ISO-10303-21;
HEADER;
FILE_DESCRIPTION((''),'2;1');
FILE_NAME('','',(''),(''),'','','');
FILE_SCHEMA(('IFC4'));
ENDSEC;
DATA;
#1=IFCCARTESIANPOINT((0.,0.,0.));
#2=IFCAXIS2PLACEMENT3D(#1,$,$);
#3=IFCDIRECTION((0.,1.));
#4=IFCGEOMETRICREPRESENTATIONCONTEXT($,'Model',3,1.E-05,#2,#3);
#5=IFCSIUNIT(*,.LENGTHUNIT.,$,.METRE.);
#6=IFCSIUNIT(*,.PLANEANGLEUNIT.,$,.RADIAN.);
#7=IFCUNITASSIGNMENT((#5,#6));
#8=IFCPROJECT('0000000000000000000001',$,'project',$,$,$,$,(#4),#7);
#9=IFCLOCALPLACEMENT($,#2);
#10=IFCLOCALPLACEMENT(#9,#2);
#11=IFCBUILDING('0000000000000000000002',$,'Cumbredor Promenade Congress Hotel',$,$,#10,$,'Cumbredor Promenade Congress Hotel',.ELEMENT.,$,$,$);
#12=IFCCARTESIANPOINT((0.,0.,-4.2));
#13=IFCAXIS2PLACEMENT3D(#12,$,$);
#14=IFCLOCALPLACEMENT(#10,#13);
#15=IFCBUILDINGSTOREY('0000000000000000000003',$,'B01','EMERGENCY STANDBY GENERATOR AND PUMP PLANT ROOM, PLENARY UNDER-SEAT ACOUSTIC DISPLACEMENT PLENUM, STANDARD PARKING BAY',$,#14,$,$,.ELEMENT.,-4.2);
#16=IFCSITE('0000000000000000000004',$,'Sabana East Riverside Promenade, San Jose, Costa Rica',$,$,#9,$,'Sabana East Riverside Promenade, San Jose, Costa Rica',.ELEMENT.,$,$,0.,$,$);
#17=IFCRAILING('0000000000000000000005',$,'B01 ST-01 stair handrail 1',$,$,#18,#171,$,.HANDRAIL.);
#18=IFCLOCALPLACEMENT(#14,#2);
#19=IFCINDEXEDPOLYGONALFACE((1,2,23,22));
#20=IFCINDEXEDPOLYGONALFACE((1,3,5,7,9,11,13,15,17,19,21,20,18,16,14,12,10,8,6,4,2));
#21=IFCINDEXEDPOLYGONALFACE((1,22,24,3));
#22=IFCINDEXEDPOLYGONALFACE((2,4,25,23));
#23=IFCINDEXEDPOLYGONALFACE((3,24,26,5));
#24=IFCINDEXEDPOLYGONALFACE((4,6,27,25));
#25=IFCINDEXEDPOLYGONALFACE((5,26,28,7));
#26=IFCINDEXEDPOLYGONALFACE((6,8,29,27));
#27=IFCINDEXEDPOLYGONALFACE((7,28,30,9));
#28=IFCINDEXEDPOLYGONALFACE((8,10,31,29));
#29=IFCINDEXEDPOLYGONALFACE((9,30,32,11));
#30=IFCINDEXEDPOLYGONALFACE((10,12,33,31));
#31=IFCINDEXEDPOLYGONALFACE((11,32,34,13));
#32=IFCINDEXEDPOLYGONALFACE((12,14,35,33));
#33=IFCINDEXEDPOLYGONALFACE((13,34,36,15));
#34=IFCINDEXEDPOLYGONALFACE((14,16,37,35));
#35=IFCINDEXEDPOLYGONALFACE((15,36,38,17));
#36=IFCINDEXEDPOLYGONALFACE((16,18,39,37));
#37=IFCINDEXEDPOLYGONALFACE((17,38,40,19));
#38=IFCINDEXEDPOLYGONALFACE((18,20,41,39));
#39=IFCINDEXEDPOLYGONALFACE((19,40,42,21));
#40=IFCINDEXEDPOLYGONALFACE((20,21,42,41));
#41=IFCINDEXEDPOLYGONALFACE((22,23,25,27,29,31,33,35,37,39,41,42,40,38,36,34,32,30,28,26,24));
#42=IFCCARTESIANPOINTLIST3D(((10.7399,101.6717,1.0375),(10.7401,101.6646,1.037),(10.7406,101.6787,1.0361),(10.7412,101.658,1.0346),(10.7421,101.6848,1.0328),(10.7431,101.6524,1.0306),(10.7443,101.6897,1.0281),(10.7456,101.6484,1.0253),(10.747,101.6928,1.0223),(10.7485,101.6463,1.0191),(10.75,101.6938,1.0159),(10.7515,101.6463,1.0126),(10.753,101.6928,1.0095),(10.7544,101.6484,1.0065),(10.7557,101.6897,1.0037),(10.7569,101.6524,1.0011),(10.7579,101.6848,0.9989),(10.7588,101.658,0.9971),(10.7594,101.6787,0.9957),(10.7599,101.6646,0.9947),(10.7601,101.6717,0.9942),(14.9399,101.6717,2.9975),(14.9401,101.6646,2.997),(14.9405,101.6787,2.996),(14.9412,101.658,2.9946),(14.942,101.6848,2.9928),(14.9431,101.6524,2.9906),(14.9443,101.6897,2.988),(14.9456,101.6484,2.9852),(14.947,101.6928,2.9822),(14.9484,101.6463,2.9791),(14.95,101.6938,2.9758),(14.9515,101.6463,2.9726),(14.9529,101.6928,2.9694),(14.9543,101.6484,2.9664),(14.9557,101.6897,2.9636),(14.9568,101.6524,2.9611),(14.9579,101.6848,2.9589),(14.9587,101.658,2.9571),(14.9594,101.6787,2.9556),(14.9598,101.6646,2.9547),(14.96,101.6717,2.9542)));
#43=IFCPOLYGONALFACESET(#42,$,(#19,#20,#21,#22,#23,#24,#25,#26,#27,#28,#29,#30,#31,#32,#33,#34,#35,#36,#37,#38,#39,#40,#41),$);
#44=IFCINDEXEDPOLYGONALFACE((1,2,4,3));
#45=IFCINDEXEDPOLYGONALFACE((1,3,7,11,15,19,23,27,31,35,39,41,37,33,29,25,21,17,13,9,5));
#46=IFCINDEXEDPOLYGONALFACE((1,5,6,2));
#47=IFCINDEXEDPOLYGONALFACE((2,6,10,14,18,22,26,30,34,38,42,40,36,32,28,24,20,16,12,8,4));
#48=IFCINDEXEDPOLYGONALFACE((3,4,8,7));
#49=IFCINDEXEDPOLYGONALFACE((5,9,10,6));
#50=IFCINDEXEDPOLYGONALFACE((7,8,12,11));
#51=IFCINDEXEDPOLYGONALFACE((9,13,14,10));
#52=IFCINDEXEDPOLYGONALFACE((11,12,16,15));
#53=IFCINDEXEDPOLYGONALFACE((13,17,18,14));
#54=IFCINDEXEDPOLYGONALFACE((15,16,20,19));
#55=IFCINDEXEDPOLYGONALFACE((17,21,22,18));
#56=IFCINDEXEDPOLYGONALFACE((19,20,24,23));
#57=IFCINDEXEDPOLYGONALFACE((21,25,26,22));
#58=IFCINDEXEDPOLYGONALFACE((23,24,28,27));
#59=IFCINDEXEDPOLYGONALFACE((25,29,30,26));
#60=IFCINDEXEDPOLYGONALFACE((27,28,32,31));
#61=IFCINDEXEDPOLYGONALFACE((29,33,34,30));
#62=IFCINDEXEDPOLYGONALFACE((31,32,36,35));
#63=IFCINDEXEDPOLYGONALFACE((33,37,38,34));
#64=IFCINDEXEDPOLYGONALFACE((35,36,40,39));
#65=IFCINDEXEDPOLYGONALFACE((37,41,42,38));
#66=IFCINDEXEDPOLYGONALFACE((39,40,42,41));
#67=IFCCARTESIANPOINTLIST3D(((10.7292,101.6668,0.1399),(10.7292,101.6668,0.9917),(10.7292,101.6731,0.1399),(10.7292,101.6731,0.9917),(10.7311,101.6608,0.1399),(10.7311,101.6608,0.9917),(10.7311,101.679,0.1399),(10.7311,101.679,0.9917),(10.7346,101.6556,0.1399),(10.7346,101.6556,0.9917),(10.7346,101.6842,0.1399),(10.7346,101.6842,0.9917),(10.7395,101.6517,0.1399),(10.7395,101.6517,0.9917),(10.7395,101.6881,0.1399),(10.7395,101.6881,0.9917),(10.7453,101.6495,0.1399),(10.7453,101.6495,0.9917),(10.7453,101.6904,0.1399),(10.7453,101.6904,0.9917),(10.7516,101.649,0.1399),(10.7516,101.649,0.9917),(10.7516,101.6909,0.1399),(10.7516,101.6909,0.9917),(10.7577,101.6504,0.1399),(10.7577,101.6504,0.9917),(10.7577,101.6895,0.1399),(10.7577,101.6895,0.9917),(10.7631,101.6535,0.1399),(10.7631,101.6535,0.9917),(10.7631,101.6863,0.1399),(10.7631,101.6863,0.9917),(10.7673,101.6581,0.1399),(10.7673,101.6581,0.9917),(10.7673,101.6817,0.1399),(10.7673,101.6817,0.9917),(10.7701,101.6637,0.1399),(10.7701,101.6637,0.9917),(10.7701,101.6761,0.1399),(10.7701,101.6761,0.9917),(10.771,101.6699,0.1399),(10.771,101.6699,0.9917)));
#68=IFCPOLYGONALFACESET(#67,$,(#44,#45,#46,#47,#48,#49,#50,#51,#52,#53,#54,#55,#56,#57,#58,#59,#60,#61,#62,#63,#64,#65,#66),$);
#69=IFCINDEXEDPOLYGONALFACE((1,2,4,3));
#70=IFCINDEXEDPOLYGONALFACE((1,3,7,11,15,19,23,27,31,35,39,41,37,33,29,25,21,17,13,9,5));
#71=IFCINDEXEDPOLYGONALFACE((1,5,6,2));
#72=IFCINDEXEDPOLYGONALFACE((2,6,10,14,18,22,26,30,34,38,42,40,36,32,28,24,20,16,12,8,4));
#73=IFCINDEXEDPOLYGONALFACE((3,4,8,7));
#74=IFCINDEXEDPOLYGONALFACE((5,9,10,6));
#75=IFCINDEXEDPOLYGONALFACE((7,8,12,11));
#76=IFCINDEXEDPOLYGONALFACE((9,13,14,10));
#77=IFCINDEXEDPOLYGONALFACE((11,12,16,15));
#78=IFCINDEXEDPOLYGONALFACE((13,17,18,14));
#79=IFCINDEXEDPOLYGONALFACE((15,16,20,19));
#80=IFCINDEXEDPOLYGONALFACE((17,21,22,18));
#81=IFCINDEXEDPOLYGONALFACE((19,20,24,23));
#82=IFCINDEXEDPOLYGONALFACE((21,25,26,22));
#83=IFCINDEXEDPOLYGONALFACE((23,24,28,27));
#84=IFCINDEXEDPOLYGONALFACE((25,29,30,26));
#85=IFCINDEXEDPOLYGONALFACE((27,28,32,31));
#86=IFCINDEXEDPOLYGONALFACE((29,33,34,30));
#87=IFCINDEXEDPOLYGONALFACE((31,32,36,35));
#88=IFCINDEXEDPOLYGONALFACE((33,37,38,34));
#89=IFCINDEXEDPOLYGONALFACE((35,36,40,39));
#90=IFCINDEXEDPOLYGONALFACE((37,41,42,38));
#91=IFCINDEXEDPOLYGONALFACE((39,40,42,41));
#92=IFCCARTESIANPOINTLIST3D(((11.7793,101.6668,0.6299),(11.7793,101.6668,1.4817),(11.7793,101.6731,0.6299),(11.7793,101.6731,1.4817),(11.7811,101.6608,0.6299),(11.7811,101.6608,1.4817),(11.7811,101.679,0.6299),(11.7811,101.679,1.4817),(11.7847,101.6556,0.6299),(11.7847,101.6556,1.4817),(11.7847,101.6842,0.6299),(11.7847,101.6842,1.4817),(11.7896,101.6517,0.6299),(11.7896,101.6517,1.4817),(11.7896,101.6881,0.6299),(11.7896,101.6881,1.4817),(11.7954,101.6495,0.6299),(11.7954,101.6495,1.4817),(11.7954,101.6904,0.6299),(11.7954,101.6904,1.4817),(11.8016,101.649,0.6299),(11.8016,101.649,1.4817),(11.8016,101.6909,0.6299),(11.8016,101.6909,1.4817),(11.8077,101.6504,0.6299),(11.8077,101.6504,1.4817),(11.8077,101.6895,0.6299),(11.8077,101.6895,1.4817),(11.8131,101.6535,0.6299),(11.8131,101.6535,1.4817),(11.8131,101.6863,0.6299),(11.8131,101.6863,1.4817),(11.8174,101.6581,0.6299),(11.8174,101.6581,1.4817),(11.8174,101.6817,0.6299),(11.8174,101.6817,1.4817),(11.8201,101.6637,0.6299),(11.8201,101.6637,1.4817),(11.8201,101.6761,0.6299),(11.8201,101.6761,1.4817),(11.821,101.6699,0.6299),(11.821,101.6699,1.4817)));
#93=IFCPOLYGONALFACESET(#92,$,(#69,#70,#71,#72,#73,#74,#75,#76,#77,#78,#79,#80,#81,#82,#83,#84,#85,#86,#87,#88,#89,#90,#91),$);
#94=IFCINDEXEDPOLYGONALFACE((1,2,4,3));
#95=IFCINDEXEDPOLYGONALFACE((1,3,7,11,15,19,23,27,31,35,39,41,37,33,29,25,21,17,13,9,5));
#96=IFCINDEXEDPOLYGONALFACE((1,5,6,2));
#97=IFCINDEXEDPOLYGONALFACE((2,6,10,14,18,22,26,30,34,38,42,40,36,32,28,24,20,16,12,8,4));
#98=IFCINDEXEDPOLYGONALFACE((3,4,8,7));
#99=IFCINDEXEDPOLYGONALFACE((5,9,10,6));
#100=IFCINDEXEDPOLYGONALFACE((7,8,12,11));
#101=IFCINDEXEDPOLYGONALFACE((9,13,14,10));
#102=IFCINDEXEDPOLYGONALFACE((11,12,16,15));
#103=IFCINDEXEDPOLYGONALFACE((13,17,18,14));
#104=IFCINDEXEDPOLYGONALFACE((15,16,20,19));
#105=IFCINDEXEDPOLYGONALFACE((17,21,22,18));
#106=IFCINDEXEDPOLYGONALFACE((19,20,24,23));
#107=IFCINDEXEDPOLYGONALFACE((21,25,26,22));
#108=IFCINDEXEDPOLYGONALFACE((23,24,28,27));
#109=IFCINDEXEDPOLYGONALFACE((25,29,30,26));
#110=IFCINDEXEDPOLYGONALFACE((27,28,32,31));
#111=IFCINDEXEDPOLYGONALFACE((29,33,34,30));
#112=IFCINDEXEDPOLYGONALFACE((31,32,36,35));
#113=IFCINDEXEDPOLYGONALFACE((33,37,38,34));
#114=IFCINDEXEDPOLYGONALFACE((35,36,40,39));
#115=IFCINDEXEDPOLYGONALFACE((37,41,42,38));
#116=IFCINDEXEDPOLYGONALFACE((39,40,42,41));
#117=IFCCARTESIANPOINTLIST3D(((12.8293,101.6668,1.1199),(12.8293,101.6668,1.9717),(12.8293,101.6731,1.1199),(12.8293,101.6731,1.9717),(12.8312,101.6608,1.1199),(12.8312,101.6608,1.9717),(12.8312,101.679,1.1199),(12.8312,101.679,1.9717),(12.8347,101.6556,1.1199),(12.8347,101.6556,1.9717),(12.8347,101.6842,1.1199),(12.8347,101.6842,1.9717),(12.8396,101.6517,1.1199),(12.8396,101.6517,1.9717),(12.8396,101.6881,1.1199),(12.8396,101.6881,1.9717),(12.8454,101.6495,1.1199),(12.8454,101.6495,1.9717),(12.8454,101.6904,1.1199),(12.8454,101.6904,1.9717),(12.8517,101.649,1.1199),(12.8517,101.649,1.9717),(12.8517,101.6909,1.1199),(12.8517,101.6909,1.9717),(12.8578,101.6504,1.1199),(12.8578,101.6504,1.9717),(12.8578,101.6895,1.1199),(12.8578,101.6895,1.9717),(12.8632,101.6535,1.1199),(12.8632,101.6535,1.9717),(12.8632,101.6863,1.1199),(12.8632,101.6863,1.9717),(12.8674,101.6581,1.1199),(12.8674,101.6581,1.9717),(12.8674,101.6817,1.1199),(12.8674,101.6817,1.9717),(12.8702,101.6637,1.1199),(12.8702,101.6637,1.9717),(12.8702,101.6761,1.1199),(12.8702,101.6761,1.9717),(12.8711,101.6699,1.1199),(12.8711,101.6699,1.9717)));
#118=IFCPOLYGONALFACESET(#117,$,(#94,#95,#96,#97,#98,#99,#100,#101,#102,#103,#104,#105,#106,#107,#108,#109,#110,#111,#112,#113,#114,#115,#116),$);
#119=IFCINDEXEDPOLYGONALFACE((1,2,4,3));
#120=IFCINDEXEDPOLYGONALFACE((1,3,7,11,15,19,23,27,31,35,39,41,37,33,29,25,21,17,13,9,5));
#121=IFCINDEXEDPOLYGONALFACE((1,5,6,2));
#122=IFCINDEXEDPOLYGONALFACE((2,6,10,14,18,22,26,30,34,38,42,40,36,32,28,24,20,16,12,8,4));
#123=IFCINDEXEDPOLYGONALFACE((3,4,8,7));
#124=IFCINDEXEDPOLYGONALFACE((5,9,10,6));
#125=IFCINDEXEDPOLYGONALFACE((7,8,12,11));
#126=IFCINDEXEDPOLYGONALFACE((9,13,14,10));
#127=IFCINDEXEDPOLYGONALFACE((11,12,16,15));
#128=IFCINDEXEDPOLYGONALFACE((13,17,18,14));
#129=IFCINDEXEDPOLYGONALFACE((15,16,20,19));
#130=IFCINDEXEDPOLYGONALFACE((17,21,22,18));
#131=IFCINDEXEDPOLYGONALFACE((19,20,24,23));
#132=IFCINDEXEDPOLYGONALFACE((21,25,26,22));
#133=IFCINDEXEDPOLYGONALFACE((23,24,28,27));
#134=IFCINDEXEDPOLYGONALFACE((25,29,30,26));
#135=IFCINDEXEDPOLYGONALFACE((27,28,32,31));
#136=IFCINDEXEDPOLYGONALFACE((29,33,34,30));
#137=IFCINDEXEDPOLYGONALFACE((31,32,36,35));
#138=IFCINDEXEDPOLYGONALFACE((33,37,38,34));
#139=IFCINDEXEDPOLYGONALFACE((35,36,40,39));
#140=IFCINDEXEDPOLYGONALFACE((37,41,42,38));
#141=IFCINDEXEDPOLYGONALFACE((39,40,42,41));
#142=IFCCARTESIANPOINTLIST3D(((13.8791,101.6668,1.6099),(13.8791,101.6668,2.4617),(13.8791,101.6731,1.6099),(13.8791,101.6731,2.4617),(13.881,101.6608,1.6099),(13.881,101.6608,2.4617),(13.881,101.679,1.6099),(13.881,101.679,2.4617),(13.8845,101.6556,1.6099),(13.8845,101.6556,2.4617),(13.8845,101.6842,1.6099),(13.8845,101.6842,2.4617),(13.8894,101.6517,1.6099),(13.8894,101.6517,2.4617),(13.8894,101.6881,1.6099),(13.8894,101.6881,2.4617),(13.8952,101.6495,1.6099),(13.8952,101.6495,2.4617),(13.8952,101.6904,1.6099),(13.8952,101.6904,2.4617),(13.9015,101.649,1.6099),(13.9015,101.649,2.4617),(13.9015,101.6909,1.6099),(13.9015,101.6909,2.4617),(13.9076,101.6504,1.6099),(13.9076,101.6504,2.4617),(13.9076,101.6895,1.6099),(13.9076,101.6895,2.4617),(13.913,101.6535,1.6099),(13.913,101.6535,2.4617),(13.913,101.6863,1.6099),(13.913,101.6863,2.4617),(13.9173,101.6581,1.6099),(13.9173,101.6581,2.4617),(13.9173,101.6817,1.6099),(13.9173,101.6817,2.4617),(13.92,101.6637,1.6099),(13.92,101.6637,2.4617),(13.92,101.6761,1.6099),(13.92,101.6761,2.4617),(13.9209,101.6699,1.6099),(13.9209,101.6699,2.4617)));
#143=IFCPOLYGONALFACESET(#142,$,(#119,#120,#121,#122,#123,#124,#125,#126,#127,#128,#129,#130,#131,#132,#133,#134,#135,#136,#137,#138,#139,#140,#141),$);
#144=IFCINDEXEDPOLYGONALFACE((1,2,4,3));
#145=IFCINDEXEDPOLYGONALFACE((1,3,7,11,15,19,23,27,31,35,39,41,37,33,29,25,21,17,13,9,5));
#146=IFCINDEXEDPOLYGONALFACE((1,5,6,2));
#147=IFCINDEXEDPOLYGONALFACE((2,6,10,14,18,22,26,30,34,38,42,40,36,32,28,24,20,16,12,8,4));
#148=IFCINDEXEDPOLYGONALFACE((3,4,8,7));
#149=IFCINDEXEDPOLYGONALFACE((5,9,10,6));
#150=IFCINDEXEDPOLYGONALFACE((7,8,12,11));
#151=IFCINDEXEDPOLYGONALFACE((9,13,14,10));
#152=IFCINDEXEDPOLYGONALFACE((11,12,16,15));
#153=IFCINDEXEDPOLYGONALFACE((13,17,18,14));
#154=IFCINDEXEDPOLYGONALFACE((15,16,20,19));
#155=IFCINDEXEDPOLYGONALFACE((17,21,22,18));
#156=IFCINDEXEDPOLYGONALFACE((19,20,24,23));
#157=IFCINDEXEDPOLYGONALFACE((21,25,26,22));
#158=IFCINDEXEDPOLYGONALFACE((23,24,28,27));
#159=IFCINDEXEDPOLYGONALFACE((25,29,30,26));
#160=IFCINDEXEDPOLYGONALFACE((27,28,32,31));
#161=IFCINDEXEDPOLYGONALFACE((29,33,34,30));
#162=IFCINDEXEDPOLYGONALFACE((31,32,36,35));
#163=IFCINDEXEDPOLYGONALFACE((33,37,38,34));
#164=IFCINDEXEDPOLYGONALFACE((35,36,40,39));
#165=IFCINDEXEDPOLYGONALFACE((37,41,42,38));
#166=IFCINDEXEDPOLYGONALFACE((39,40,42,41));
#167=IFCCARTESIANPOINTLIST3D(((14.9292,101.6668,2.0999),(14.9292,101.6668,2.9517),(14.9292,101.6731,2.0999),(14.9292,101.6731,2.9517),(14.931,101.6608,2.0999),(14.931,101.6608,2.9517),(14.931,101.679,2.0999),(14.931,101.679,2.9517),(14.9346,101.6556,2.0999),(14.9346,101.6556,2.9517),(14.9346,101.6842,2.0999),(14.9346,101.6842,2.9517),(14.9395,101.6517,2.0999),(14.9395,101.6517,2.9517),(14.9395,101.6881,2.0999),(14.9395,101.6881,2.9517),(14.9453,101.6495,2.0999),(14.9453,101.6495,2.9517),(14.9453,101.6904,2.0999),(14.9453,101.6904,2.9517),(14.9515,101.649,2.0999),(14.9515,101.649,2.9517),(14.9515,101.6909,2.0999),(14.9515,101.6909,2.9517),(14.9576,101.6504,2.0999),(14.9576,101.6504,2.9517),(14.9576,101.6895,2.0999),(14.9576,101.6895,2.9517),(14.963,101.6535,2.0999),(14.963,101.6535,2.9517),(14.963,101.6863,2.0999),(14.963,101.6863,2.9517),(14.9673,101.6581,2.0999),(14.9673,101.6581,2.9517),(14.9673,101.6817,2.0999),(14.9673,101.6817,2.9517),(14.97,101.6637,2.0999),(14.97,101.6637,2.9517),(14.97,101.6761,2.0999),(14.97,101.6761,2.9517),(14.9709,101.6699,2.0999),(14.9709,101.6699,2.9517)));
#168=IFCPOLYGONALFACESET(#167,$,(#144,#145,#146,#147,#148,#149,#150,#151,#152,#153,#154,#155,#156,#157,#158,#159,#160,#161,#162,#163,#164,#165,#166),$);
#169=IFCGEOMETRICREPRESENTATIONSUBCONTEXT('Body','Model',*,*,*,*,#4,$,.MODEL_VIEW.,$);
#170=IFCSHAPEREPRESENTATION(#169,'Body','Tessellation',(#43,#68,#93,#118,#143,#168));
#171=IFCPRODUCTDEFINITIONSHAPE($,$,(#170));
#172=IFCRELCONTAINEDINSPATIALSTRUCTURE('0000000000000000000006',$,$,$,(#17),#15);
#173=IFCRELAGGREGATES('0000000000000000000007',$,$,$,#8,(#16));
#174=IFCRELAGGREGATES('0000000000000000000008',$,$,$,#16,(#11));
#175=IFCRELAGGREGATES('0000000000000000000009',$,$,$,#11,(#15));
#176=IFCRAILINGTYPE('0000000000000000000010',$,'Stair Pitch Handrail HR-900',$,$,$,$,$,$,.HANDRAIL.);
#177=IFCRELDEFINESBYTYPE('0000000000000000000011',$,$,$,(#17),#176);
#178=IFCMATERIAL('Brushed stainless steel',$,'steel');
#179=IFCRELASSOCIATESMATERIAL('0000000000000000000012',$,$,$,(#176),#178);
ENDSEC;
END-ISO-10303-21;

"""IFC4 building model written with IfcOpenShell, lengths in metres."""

from ifc_helpers import new_model, si_unit, direction, frame, origin, origin_2d, place, context, subcontext, project, spatial, circle, extrude, material, type_object, element, save


model = new_model("IFC4")

# Units and contexts
model_context = context("Model", 3, precision=1e-05, world=origin(), true_north=direction((0.0, 1.0)))
body_context = subcontext(model_context, "Body", "Model", "MODEL_VIEW")
ifc_project = project(units=[si_unit("LENGTHUNIT", "METRE"), si_unit("PLANEANGLEUNIT", "RADIAN")], contexts=[model_context])

# Site, building, storey
site_placement = place(None, origin())
site = spatial("IfcSite", under=ifc_project, at=site_placement, Name="Sabana East Riverside Promenade, San Jose, Costa Rica", LongName="Sabana East Riverside Promenade, San Jose, Costa Rica", CompositionType="ELEMENT", RefElevation=0.0)
building_placement = place(site_placement, origin())
building = spatial("IfcBuilding", under=site, at=building_placement, Name="Cumbredor Promenade Congress Hotel", LongName="Cumbredor Promenade Congress Hotel", CompositionType="ELEMENT")
storey_placement = place(building_placement, frame((0.0, 0.0, -4.2)))
storey = spatial("IfcBuildingStorey", under=building, at=storey_placement, Name="B01", Description="EMERGENCY STANDBY GENERATOR AND PUMP PLANT ROOM, PLENARY UNDER-SEAT ACOUSTIC DISPLACEMENT PLENUM, STANDARD PARKING BAY", CompositionType="ELEMENT", Elevation=-4.2)

# Railing
ifc_material_1 = material(Name="Brushed stainless steel", Category="steel")
railing_type_1 = type_object("IfcRailingType", Name="Stair Pitch Handrail HR-900", PredefinedType="HANDRAIL", material=ifc_material_1)
railing_1_placement = place(storey_placement, frame((10.75, 101.6699, 0.1399)))
element("IfcRailing", 1, at=railing_1_placement, inside=storey, type_object=railing_type_1, Name="B01 ST-01 stair handrail 1", PredefinedType="HANDRAIL", context=body_context, shape_type="SweptSolid", body=[
    extrude(circle(Radius=0.0239, at=origin_2d()), frame((0.0, 0.0, 0.876), z_axis=(0.906184, 0.0, 0.422883), x_axis=(0.0, 1.0, 0.0)), (0.0, 0.0, 1.0), 4.6348),
    extrude(circle(Radius=0.021, at=origin_2d()), origin(), (0.0, 0.0, 1.0), 0.8518),
    extrude(circle(Radius=0.021, at=origin_2d()), frame((1.05, 0.0, 0.49)), (0.0, 0.0, 1.0), 0.8518),
    extrude(circle(Radius=0.021, at=origin_2d()), frame((2.1001, 0.0, 0.98)), (0.0, 0.0, 1.0), 0.8518),
    extrude(circle(Radius=0.021, at=origin_2d()), frame((3.1499, 0.0, 1.47)), (0.0, 0.0, 1.0), 0.8518),
    extrude(circle(Radius=0.021, at=origin_2d()), frame((4.2, 0.0, 1.96)), (0.0, 0.0, 1.0), 0.8518),
])

save(model, "model.ifc")
